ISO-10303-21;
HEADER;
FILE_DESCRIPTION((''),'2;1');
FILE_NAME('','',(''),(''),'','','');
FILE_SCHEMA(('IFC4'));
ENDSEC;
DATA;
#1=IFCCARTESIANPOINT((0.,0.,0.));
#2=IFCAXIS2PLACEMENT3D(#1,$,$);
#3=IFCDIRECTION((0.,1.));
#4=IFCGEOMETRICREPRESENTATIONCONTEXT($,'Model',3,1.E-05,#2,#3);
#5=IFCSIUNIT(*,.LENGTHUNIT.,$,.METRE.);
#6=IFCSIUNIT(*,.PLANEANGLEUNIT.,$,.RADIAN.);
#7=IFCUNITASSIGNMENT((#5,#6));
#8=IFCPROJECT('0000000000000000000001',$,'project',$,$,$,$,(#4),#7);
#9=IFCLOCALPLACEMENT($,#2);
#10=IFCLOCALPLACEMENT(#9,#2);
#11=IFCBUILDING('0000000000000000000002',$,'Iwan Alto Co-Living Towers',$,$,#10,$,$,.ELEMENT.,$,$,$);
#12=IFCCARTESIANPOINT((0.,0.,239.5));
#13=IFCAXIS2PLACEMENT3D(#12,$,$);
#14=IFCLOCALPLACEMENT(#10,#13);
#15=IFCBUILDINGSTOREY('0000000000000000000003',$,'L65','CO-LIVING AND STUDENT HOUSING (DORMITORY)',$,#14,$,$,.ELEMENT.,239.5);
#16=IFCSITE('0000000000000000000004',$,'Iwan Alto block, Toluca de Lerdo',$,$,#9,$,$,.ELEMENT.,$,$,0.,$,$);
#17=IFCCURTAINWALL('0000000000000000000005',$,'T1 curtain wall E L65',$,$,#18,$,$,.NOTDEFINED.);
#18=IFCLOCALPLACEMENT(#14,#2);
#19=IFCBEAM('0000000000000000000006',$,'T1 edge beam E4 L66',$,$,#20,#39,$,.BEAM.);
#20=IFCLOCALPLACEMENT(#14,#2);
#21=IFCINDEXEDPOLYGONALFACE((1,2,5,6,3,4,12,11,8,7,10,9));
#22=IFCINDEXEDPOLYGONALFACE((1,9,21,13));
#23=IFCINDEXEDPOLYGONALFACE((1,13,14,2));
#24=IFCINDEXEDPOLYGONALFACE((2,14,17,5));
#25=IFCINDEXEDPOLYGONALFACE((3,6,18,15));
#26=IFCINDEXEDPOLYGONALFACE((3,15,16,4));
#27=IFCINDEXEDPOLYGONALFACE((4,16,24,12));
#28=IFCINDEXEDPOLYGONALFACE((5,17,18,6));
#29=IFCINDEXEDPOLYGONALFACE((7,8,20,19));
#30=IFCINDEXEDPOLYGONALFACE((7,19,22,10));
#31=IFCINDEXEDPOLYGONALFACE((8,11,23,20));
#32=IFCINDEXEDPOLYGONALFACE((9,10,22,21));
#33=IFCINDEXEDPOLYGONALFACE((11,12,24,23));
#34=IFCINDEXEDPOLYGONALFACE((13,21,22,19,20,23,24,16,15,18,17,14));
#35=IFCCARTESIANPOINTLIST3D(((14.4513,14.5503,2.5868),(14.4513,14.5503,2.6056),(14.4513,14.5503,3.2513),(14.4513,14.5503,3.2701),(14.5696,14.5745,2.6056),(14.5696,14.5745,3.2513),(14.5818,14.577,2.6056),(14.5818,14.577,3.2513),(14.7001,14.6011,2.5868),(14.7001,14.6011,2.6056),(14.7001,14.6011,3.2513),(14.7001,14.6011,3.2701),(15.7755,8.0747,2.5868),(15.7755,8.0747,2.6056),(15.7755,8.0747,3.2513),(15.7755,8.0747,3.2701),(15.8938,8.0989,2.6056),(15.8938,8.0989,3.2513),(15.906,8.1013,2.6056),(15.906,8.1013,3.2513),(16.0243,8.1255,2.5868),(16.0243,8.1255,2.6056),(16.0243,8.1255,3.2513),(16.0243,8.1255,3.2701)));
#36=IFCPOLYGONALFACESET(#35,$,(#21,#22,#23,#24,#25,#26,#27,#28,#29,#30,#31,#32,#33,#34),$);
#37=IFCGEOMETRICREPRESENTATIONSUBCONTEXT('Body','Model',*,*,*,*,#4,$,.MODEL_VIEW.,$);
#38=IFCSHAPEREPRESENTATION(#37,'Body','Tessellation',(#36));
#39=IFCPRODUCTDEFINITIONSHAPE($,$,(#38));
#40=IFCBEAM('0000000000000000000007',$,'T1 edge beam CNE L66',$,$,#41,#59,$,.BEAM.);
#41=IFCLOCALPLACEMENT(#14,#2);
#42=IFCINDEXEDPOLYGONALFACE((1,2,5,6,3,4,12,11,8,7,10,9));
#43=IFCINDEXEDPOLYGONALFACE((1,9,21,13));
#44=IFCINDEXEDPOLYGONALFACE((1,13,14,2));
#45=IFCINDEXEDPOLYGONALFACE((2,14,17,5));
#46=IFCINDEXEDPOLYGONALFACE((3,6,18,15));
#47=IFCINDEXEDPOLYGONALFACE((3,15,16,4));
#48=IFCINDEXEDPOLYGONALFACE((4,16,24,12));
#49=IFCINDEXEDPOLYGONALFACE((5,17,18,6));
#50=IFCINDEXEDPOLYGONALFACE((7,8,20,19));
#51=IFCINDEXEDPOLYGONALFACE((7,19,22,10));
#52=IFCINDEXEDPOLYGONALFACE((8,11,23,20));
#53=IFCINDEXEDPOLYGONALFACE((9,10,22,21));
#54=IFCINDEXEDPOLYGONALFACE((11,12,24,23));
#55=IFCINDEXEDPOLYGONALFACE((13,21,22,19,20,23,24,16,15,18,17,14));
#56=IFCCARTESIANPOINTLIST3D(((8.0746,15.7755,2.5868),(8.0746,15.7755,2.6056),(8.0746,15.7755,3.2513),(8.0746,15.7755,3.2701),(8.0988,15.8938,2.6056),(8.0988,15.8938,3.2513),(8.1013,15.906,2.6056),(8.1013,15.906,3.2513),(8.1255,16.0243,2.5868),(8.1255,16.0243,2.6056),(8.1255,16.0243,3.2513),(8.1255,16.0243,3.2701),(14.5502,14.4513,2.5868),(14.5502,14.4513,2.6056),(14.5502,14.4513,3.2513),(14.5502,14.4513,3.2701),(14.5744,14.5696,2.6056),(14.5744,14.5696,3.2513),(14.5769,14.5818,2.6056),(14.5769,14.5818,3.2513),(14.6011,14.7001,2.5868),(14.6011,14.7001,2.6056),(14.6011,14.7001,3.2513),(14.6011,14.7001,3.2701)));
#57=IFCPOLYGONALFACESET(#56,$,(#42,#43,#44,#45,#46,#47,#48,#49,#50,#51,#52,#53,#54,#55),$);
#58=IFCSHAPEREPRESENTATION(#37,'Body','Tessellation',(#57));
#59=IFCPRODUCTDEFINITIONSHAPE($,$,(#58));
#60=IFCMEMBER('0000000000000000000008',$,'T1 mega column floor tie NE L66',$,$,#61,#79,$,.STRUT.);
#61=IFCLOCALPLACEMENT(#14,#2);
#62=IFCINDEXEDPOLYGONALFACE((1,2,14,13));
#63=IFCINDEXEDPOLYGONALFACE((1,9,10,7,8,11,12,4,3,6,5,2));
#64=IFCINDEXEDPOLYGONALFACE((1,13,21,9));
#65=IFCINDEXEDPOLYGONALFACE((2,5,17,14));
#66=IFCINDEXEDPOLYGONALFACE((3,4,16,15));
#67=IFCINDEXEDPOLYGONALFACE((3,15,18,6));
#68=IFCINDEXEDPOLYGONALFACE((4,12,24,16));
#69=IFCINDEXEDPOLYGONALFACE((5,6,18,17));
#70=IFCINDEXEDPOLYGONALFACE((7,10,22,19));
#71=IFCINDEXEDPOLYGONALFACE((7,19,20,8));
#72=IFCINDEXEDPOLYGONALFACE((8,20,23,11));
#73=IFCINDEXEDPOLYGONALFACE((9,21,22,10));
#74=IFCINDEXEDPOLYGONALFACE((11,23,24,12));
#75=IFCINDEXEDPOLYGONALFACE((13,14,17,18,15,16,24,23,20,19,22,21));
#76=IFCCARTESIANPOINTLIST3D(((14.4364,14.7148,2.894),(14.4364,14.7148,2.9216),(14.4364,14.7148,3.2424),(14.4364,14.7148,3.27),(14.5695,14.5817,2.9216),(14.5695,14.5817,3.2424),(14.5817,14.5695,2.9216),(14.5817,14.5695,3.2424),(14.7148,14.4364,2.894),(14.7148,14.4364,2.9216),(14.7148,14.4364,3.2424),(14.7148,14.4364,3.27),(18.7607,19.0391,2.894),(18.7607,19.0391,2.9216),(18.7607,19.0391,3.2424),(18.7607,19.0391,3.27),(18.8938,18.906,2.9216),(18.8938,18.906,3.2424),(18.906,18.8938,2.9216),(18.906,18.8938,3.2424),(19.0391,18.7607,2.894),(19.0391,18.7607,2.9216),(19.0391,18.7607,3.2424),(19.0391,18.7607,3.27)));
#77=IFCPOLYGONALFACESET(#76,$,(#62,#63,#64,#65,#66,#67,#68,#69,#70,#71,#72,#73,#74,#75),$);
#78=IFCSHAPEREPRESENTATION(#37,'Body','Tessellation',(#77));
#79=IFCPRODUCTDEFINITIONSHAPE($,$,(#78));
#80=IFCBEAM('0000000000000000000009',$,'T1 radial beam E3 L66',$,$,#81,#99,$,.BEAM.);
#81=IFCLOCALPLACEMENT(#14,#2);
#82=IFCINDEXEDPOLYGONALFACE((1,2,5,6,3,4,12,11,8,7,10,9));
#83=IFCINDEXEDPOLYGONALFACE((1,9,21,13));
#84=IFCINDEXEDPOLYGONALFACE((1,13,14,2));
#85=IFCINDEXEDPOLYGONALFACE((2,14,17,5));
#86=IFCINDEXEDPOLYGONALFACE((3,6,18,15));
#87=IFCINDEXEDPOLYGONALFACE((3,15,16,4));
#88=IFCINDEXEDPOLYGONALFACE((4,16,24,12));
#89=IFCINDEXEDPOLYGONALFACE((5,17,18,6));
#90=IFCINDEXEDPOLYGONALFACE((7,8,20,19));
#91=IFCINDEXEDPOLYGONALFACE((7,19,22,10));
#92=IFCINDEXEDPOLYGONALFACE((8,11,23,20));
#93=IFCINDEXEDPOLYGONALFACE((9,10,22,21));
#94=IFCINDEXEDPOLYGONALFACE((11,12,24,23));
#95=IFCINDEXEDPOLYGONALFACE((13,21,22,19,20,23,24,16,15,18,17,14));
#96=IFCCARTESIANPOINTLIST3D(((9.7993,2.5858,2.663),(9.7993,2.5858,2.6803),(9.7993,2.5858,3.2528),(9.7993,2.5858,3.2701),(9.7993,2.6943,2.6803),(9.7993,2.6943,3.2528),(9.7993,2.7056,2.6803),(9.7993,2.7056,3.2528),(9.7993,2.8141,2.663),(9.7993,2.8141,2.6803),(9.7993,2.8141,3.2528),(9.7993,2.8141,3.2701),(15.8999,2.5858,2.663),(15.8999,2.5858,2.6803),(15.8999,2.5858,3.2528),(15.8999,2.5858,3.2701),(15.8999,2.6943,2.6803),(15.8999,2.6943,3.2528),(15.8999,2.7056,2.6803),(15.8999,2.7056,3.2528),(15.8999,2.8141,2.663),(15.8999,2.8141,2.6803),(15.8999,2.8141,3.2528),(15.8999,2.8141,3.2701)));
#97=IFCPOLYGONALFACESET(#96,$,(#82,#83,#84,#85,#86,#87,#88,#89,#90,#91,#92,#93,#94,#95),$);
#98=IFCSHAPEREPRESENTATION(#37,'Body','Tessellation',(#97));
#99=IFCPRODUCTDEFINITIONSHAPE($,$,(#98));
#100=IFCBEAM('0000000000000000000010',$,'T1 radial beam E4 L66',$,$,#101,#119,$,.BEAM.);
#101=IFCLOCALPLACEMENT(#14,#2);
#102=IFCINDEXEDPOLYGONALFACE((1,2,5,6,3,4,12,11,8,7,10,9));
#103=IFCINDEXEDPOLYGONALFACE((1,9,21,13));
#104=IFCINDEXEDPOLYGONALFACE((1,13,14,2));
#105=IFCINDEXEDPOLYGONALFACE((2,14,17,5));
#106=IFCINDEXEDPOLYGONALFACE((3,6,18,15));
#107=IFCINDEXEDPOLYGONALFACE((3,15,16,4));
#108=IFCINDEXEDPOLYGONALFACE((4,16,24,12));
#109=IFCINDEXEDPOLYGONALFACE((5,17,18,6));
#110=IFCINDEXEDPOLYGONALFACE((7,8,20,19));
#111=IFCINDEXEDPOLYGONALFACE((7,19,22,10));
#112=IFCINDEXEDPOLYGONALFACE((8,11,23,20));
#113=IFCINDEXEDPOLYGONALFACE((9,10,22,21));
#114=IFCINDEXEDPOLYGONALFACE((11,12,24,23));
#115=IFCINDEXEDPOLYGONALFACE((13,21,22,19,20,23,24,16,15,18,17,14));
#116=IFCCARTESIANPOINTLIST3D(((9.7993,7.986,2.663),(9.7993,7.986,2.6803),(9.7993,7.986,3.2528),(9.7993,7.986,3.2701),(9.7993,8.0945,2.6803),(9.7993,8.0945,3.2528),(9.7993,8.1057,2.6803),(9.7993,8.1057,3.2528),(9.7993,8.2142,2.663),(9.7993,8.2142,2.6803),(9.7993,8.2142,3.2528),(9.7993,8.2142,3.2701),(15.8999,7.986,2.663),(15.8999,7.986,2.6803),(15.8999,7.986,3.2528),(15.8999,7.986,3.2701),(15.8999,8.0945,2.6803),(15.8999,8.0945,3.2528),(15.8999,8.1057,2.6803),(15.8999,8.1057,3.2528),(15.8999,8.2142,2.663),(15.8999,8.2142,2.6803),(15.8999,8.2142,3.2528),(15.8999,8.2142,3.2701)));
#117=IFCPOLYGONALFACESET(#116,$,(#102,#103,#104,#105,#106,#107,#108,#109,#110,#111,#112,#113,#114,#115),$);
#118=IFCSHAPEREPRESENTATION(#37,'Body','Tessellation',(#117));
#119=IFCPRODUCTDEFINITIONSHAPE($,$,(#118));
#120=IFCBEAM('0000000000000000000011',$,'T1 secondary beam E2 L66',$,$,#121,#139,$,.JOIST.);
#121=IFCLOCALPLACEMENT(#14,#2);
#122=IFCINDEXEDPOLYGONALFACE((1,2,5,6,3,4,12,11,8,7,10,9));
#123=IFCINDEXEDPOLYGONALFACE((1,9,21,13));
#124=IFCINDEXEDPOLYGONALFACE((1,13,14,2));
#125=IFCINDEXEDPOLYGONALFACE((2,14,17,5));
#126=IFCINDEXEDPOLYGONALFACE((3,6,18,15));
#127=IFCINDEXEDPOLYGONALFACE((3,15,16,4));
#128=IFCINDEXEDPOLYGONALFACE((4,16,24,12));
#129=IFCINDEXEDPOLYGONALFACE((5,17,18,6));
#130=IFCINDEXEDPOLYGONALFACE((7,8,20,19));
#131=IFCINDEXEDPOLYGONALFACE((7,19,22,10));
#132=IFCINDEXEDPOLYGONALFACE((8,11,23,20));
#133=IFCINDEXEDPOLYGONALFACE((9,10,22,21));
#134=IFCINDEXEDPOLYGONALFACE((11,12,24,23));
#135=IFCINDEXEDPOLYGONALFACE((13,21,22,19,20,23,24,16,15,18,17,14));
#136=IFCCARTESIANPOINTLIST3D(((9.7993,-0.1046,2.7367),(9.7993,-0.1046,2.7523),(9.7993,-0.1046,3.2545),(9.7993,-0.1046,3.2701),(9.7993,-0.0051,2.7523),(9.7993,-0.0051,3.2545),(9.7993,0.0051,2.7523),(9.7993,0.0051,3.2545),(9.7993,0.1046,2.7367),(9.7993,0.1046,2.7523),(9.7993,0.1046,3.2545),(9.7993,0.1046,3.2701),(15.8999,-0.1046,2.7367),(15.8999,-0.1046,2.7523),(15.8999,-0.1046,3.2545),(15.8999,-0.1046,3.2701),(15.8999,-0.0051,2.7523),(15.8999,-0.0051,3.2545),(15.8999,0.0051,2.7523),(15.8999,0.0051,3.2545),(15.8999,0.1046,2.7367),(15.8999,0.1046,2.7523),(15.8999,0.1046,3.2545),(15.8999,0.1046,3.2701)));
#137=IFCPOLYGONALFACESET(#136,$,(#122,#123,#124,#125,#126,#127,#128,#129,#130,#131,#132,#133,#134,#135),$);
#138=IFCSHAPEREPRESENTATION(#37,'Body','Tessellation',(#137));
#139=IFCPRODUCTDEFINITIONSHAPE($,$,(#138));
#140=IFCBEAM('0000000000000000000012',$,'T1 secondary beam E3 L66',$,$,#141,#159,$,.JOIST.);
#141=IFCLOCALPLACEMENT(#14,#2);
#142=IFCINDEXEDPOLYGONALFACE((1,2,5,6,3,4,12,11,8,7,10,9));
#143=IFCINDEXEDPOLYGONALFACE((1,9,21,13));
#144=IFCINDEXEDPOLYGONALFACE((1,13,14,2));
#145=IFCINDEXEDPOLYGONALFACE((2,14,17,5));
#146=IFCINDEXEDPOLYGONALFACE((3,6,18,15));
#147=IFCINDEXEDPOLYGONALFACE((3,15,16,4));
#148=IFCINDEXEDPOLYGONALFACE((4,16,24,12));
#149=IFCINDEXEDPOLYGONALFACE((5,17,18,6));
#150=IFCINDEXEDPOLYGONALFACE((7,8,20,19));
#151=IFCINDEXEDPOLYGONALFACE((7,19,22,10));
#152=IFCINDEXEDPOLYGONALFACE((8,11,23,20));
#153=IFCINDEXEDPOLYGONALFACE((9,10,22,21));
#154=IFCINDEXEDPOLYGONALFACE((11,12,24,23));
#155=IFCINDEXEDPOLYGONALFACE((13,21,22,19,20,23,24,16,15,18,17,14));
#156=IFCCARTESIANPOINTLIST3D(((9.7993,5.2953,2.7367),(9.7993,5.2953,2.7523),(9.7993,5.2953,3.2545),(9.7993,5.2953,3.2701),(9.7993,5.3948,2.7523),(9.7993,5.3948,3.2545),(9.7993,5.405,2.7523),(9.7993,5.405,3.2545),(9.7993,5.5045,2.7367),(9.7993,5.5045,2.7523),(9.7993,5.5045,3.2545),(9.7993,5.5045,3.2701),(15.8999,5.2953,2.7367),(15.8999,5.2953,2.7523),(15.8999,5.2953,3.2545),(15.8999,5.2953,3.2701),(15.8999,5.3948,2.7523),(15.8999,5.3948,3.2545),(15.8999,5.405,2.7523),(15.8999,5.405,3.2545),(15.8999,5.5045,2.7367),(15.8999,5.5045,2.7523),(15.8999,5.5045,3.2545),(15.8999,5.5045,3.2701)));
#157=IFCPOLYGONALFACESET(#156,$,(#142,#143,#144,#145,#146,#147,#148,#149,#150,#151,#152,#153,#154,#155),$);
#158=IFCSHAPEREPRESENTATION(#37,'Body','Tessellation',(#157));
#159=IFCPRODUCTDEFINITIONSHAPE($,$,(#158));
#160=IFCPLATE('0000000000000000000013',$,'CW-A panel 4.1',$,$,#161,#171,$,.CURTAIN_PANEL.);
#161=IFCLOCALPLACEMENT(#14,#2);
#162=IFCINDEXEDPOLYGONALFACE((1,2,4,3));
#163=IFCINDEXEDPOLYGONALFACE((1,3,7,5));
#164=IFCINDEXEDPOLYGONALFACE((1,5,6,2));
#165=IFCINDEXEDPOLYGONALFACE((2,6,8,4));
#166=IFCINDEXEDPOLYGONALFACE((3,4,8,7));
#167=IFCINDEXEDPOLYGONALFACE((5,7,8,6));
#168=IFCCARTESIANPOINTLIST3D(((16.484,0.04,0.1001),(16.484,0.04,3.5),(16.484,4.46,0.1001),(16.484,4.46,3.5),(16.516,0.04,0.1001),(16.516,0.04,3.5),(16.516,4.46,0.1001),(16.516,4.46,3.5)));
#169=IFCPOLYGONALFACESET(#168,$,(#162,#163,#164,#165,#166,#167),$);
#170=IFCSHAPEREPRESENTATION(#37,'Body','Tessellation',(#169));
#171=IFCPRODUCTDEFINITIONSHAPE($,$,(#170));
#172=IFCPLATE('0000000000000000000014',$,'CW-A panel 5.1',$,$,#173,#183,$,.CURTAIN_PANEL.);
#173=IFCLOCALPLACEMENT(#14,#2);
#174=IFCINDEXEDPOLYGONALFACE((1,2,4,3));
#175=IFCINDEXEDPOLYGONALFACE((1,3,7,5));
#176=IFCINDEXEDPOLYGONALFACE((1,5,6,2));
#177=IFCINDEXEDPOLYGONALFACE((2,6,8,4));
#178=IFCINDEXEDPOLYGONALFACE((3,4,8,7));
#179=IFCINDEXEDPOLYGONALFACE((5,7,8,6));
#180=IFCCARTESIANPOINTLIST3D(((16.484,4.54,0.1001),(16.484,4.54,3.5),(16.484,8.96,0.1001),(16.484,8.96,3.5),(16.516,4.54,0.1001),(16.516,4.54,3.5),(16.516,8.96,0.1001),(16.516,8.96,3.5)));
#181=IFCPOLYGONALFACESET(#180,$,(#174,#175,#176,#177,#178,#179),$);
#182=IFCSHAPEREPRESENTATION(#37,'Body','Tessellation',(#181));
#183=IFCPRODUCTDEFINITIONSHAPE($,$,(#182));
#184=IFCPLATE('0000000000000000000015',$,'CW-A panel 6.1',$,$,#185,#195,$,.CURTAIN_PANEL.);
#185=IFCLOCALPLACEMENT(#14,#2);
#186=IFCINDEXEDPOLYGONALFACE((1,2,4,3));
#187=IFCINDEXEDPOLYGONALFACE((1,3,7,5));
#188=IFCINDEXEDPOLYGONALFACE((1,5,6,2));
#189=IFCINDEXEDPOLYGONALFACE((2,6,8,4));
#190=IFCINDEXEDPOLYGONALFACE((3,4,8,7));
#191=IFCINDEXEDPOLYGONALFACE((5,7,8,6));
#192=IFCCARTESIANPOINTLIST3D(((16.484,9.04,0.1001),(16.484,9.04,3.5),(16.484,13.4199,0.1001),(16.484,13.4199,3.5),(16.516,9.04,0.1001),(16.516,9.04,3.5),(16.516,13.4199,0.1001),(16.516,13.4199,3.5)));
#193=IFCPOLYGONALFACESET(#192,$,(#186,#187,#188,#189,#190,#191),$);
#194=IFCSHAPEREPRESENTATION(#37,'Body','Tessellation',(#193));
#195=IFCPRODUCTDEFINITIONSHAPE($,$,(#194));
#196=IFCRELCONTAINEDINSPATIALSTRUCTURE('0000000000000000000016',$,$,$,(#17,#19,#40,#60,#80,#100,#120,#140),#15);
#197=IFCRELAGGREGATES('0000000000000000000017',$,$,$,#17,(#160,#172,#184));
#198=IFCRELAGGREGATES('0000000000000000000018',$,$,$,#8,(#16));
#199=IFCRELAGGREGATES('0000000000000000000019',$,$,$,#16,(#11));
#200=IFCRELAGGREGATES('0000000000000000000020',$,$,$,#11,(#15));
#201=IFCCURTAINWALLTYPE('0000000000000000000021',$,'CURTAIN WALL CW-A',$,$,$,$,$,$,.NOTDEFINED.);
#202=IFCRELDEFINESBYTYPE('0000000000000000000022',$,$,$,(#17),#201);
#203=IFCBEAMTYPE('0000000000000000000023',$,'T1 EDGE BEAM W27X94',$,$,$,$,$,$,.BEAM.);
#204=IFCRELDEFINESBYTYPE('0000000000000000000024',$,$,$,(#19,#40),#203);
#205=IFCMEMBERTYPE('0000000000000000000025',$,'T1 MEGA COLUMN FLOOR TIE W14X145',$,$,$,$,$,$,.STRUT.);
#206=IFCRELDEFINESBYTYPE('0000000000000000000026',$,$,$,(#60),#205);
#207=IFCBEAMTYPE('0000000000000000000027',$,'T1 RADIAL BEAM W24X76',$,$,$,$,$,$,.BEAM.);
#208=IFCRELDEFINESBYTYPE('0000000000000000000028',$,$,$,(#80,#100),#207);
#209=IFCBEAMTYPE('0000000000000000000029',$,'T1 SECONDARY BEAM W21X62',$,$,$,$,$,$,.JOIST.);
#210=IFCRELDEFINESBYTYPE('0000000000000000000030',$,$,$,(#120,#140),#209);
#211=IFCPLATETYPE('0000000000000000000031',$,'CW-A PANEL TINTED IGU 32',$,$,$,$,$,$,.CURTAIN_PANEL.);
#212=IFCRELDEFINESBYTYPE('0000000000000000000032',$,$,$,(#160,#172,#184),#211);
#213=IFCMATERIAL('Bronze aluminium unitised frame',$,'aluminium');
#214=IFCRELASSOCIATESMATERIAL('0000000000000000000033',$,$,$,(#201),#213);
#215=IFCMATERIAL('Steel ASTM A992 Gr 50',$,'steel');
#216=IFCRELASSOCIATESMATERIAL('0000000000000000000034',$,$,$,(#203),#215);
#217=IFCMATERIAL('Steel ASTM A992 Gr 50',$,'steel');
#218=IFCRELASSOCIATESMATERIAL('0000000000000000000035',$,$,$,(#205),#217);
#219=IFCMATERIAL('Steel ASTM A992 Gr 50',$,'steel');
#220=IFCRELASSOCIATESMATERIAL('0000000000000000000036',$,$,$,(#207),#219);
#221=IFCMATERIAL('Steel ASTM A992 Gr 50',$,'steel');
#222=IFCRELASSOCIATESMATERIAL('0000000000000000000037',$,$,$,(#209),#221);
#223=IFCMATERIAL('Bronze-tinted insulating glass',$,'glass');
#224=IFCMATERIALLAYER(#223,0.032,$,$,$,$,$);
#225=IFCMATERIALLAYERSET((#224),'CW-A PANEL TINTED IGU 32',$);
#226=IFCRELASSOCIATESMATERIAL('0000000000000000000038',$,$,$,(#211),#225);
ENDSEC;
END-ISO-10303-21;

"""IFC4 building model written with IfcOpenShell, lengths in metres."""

from ifc_helpers import new_model, si_unit, direction, frame, origin, origin_2d, place, context, subcontext, project, spatial, rectangle, i_section, extrude, material, layer, layer_set, material_profile, profile_set, type_object, element, aggregate, save


model = new_model("IFC4")

# Units and contexts
model_context = context("Model", 3, precision=1e-05, world=origin(), true_north=direction((0.0, 1.0)))
body_context = subcontext(model_context, "Body", "Model", "MODEL_VIEW")
ifc_project = project(units=[si_unit("LENGTHUNIT", "METRE"), si_unit("PLANEANGLEUNIT", "RADIAN")], contexts=[model_context])

# Site, building, storey
site_placement = place(None, origin())
site = spatial("IfcSite", under=ifc_project, at=site_placement, Name="Iwan Alto block, Toluca de Lerdo", CompositionType="ELEMENT", RefElevation=0.0)
building_placement = place(site_placement, origin())
building = spatial("IfcBuilding", under=site, at=building_placement, Name="Iwan Alto Co-Living Towers", CompositionType="ELEMENT")
storey_placement = place(building_placement, frame((0.0, 0.0, 239.5)))
storey = spatial("IfcBuildingStorey", under=building, at=storey_placement, Name="L65", Description="CO-LIVING AND STUDENT HOUSING (DORMITORY)", CompositionType="ELEMENT", Elevation=239.5)

# Curtain wall
ifc_material_1 = material(Name="Bronze aluminium unitised frame", Category="aluminium")
curtain_wall_type_1 = type_object("IfcCurtainWallType", Name="CURTAIN WALL CW-A", PredefinedType="NOTDEFINED", material=ifc_material_1)
curtain_wall_1_placement = place(storey_placement, origin())
curtain_wall_1 = element("IfcCurtainWall", 1, at=curtain_wall_1_placement, inside=storey, type_object=curtain_wall_type_1, Name="T1 curtain wall E L65", PredefinedType="NOTDEFINED")

# Beams
ifc_material_2 = material(Name="Steel ASTM A992 Gr 50", Category="steel")
ifc_material_profile_1 = material_profile(ifc_material_2, i_section(OverallWidth=0.2539, OverallDepth=0.6833, WebThickness=0.0125, FlangeThickness=0.0188, at=origin_2d()), Name="W27X94")
ifc_profile_set_1 = profile_set([ifc_material_profile_1], Name="Steel ASTM A992 Gr 50")
beam_type_1 = type_object("IfcBeamType", Name="T1 EDGE BEAM W27X94", PredefinedType="BEAM", material=ifc_profile_set_1)
for number, where, z_axis, x_axis, name in (
    (2, (15.8999, 8.1001, 2.9285), (-0.200348, 0.979725, 0.0), (-0.979725, -0.200348, 0.0), "T1 edge beam E4 L66"),
    (3, (14.5757, 14.5757, 2.9285), (-0.979725, 0.200348, 0.0), (-0.200348, -0.979725, 0.0), "T1 edge beam CNE L66"),
):
    element("IfcBeam", number, at=place(storey_placement, frame(where, z_axis=z_axis, x_axis=x_axis)), inside=storey, type_object=beam_type_1, Name=name, PredefinedType="BEAM", context=body_context, shape_type="SweptSolid", body=[
        extrude(i_section(OverallWidth=0.2539, OverallDepth=0.6833, WebThickness=0.0125, FlangeThickness=0.0188, at=origin_2d()), origin(), (0.0, 0.0, 1.0), 6.6096),
    ])

# Member
ifc_material_3 = material(Name="Steel ASTM A992 Gr 50", Category="steel")
ifc_material_profile_2 = material_profile(ifc_material_3, i_section(OverallWidth=0.3938, OverallDepth=0.376, WebThickness=0.0173, FlangeThickness=0.0276, at=origin_2d()), Name="W14X145")
ifc_profile_set_2 = profile_set([ifc_material_profile_2], Name="Steel ASTM A992 Gr 50")
member_type_1 = type_object("IfcMemberType", Name="T1 MEGA COLUMN FLOOR TIE W14X145", PredefinedType="STRUT", material=ifc_profile_set_2)
member_1_placement = place(storey_placement, frame((18.8999, 18.8999, 3.082), z_axis=(-0.707107, -0.707107, 0.0), x_axis=(0.707107, -0.707107, 0.0)))
element("IfcMember", 4, at=member_1_placement, inside=storey, type_object=member_type_1, Name="T1 mega column floor tie NE L66", PredefinedType="STRUT", context=body_context, shape_type="SweptSolid", body=[
    extrude(i_section(OverallWidth=0.3938, OverallDepth=0.376, WebThickness=0.0173, FlangeThickness=0.0276, at=origin_2d()), origin(), (0.0, 0.0, 1.0), 6.1155),
])

# Beams
ifc_material_4 = material(Name="Steel ASTM A992 Gr 50", Category="steel")
ifc_material_profile_3 = material_profile(ifc_material_4, i_section(OverallWidth=0.2283, OverallDepth=0.6072, WebThickness=0.0112, FlangeThickness=0.0173, at=origin_2d()), Name="W24X76")
ifc_profile_set_3 = profile_set([ifc_material_profile_3], Name="Steel ASTM A992 Gr 50")
beam_type_2 = type_object("IfcBeamType", Name="T1 RADIAL BEAM W24X76", PredefinedType="BEAM", material=ifc_profile_set_3)
for number, where, z_axis, x_axis, name in (
    (5, (15.8999, 2.7, 2.9666), (-1.0, 0.0, 0.0), (0.0, -1.0, 0.0), "T1 radial beam E3 L66"),
    (6, (15.8999, 8.1001, 2.9666), (-1.0, 0.0, 0.0), (0.0, -1.0, 0.0), "T1 radial beam E4 L66"),
):
    element("IfcBeam", number, at=place(storey_placement, frame(where, z_axis=z_axis, x_axis=x_axis)), inside=storey, type_object=beam_type_2, Name=name, PredefinedType="BEAM", context=body_context, shape_type="SweptSolid", body=[
        extrude(i_section(OverallWidth=0.2283, OverallDepth=0.6072, WebThickness=0.0112, FlangeThickness=0.0173, at=origin_2d()), origin(), (0.0, 0.0, 1.0), 6.1006),
    ])
ifc_material_5 = material(Name="Steel ASTM A992 Gr 50", Category="steel")
ifc_material_profile_4 = material_profile(ifc_material_5, i_section(OverallWidth=0.2092, OverallDepth=0.5334, WebThickness=0.0103, FlangeThickness=0.0156, at=origin_2d()), Name="W21X62")
ifc_profile_set_4 = profile_set([ifc_material_profile_4], Name="Steel ASTM A992 Gr 50")
beam_type_3 = type_object("IfcBeamType", Name="T1 SECONDARY BEAM W21X62", PredefinedType="JOIST", material=ifc_profile_set_4)
for number, where, z_axis, x_axis, name in (
    (7, (15.8999, 0.0, 3.0034), (-1.0, 0.0, 0.0), (0.0, -1.0, 0.0), "T1 secondary beam E2 L66"),
    (8, (15.8999, 5.3999, 3.0034), (-1.0, 0.0, 0.0), (0.0, -1.0, 0.0), "T1 secondary beam E3 L66"),
):
    element("IfcBeam", number, at=place(storey_placement, frame(where, z_axis=z_axis, x_axis=x_axis)), inside=storey, type_object=beam_type_3, Name=name, PredefinedType="JOIST", context=body_context, shape_type="SweptSolid", body=[
        extrude(i_section(OverallWidth=0.2092, OverallDepth=0.5334, WebThickness=0.0103, FlangeThickness=0.0156, at=origin_2d()), origin(), (0.0, 0.0, 1.0), 6.1006),
    ])

# Plates
ifc_material_6 = material(Name="Bronze-tinted insulating glass", Category="glass")
ifc_layer_1 = layer(ifc_material_6, 0.032)
ifc_layer_set_1 = layer_set([ifc_layer_1], Name="CW-A PANEL TINTED IGU 32")
plate_type_1 = type_object("IfcPlateType", Name="CW-A PANEL TINTED IGU 32", PredefinedType="CURTAIN_PANEL", material=ifc_layer_set_1)
plate_1_placement = place(storey_placement, frame((16.5, 2.25, 0.1001), z_axis=(0.0, 0.0, 1.0), x_axis=(0.0, 1.0, 0.0)))
plate_1 = element("IfcPlate", 9, at=plate_1_placement, type_object=plate_type_1, Name="CW-A panel 4.1", PredefinedType="CURTAIN_PANEL", context=body_context, shape_type="SweptSolid", body=[
    extrude(rectangle(XDim=4.4199, YDim=0.032, at=origin_2d()), origin(), (0.0, 0.0, 1.0), 3.3999),
])
plate_2_placement = place(storey_placement, frame((16.5, 6.75, 0.1001), z_axis=(0.0, 0.0, 1.0), x_axis=(0.0, 1.0, 0.0)))
plate_2 = element("IfcPlate", 10, at=plate_2_placement, type_object=plate_type_1, Name="CW-A panel 5.1", PredefinedType="CURTAIN_PANEL", context=body_context, shape_type="SweptSolid", body=[
    extrude(rectangle(XDim=4.4199, YDim=0.032, at=origin_2d()), origin(), (0.0, 0.0, 1.0), 3.3999),
])
plate_3_placement = place(storey_placement, frame((16.5, 11.23, 0.1001), z_axis=(0.0, 0.0, 1.0), x_axis=(0.0, 1.0, 0.0)))
plate_3 = element("IfcPlate", 11, at=plate_3_placement, type_object=plate_type_1, Name="CW-A panel 6.1", PredefinedType="CURTAIN_PANEL", context=body_context, shape_type="SweptSolid", body=[
    extrude(rectangle(XDim=4.3799, YDim=0.032, at=origin_2d()), origin(), (0.0, 0.0, 1.0), 3.3999),
])
aggregate(curtain_wall_1, [plate_1, plate_2, plate_3])

save(model, "model.ifc")
